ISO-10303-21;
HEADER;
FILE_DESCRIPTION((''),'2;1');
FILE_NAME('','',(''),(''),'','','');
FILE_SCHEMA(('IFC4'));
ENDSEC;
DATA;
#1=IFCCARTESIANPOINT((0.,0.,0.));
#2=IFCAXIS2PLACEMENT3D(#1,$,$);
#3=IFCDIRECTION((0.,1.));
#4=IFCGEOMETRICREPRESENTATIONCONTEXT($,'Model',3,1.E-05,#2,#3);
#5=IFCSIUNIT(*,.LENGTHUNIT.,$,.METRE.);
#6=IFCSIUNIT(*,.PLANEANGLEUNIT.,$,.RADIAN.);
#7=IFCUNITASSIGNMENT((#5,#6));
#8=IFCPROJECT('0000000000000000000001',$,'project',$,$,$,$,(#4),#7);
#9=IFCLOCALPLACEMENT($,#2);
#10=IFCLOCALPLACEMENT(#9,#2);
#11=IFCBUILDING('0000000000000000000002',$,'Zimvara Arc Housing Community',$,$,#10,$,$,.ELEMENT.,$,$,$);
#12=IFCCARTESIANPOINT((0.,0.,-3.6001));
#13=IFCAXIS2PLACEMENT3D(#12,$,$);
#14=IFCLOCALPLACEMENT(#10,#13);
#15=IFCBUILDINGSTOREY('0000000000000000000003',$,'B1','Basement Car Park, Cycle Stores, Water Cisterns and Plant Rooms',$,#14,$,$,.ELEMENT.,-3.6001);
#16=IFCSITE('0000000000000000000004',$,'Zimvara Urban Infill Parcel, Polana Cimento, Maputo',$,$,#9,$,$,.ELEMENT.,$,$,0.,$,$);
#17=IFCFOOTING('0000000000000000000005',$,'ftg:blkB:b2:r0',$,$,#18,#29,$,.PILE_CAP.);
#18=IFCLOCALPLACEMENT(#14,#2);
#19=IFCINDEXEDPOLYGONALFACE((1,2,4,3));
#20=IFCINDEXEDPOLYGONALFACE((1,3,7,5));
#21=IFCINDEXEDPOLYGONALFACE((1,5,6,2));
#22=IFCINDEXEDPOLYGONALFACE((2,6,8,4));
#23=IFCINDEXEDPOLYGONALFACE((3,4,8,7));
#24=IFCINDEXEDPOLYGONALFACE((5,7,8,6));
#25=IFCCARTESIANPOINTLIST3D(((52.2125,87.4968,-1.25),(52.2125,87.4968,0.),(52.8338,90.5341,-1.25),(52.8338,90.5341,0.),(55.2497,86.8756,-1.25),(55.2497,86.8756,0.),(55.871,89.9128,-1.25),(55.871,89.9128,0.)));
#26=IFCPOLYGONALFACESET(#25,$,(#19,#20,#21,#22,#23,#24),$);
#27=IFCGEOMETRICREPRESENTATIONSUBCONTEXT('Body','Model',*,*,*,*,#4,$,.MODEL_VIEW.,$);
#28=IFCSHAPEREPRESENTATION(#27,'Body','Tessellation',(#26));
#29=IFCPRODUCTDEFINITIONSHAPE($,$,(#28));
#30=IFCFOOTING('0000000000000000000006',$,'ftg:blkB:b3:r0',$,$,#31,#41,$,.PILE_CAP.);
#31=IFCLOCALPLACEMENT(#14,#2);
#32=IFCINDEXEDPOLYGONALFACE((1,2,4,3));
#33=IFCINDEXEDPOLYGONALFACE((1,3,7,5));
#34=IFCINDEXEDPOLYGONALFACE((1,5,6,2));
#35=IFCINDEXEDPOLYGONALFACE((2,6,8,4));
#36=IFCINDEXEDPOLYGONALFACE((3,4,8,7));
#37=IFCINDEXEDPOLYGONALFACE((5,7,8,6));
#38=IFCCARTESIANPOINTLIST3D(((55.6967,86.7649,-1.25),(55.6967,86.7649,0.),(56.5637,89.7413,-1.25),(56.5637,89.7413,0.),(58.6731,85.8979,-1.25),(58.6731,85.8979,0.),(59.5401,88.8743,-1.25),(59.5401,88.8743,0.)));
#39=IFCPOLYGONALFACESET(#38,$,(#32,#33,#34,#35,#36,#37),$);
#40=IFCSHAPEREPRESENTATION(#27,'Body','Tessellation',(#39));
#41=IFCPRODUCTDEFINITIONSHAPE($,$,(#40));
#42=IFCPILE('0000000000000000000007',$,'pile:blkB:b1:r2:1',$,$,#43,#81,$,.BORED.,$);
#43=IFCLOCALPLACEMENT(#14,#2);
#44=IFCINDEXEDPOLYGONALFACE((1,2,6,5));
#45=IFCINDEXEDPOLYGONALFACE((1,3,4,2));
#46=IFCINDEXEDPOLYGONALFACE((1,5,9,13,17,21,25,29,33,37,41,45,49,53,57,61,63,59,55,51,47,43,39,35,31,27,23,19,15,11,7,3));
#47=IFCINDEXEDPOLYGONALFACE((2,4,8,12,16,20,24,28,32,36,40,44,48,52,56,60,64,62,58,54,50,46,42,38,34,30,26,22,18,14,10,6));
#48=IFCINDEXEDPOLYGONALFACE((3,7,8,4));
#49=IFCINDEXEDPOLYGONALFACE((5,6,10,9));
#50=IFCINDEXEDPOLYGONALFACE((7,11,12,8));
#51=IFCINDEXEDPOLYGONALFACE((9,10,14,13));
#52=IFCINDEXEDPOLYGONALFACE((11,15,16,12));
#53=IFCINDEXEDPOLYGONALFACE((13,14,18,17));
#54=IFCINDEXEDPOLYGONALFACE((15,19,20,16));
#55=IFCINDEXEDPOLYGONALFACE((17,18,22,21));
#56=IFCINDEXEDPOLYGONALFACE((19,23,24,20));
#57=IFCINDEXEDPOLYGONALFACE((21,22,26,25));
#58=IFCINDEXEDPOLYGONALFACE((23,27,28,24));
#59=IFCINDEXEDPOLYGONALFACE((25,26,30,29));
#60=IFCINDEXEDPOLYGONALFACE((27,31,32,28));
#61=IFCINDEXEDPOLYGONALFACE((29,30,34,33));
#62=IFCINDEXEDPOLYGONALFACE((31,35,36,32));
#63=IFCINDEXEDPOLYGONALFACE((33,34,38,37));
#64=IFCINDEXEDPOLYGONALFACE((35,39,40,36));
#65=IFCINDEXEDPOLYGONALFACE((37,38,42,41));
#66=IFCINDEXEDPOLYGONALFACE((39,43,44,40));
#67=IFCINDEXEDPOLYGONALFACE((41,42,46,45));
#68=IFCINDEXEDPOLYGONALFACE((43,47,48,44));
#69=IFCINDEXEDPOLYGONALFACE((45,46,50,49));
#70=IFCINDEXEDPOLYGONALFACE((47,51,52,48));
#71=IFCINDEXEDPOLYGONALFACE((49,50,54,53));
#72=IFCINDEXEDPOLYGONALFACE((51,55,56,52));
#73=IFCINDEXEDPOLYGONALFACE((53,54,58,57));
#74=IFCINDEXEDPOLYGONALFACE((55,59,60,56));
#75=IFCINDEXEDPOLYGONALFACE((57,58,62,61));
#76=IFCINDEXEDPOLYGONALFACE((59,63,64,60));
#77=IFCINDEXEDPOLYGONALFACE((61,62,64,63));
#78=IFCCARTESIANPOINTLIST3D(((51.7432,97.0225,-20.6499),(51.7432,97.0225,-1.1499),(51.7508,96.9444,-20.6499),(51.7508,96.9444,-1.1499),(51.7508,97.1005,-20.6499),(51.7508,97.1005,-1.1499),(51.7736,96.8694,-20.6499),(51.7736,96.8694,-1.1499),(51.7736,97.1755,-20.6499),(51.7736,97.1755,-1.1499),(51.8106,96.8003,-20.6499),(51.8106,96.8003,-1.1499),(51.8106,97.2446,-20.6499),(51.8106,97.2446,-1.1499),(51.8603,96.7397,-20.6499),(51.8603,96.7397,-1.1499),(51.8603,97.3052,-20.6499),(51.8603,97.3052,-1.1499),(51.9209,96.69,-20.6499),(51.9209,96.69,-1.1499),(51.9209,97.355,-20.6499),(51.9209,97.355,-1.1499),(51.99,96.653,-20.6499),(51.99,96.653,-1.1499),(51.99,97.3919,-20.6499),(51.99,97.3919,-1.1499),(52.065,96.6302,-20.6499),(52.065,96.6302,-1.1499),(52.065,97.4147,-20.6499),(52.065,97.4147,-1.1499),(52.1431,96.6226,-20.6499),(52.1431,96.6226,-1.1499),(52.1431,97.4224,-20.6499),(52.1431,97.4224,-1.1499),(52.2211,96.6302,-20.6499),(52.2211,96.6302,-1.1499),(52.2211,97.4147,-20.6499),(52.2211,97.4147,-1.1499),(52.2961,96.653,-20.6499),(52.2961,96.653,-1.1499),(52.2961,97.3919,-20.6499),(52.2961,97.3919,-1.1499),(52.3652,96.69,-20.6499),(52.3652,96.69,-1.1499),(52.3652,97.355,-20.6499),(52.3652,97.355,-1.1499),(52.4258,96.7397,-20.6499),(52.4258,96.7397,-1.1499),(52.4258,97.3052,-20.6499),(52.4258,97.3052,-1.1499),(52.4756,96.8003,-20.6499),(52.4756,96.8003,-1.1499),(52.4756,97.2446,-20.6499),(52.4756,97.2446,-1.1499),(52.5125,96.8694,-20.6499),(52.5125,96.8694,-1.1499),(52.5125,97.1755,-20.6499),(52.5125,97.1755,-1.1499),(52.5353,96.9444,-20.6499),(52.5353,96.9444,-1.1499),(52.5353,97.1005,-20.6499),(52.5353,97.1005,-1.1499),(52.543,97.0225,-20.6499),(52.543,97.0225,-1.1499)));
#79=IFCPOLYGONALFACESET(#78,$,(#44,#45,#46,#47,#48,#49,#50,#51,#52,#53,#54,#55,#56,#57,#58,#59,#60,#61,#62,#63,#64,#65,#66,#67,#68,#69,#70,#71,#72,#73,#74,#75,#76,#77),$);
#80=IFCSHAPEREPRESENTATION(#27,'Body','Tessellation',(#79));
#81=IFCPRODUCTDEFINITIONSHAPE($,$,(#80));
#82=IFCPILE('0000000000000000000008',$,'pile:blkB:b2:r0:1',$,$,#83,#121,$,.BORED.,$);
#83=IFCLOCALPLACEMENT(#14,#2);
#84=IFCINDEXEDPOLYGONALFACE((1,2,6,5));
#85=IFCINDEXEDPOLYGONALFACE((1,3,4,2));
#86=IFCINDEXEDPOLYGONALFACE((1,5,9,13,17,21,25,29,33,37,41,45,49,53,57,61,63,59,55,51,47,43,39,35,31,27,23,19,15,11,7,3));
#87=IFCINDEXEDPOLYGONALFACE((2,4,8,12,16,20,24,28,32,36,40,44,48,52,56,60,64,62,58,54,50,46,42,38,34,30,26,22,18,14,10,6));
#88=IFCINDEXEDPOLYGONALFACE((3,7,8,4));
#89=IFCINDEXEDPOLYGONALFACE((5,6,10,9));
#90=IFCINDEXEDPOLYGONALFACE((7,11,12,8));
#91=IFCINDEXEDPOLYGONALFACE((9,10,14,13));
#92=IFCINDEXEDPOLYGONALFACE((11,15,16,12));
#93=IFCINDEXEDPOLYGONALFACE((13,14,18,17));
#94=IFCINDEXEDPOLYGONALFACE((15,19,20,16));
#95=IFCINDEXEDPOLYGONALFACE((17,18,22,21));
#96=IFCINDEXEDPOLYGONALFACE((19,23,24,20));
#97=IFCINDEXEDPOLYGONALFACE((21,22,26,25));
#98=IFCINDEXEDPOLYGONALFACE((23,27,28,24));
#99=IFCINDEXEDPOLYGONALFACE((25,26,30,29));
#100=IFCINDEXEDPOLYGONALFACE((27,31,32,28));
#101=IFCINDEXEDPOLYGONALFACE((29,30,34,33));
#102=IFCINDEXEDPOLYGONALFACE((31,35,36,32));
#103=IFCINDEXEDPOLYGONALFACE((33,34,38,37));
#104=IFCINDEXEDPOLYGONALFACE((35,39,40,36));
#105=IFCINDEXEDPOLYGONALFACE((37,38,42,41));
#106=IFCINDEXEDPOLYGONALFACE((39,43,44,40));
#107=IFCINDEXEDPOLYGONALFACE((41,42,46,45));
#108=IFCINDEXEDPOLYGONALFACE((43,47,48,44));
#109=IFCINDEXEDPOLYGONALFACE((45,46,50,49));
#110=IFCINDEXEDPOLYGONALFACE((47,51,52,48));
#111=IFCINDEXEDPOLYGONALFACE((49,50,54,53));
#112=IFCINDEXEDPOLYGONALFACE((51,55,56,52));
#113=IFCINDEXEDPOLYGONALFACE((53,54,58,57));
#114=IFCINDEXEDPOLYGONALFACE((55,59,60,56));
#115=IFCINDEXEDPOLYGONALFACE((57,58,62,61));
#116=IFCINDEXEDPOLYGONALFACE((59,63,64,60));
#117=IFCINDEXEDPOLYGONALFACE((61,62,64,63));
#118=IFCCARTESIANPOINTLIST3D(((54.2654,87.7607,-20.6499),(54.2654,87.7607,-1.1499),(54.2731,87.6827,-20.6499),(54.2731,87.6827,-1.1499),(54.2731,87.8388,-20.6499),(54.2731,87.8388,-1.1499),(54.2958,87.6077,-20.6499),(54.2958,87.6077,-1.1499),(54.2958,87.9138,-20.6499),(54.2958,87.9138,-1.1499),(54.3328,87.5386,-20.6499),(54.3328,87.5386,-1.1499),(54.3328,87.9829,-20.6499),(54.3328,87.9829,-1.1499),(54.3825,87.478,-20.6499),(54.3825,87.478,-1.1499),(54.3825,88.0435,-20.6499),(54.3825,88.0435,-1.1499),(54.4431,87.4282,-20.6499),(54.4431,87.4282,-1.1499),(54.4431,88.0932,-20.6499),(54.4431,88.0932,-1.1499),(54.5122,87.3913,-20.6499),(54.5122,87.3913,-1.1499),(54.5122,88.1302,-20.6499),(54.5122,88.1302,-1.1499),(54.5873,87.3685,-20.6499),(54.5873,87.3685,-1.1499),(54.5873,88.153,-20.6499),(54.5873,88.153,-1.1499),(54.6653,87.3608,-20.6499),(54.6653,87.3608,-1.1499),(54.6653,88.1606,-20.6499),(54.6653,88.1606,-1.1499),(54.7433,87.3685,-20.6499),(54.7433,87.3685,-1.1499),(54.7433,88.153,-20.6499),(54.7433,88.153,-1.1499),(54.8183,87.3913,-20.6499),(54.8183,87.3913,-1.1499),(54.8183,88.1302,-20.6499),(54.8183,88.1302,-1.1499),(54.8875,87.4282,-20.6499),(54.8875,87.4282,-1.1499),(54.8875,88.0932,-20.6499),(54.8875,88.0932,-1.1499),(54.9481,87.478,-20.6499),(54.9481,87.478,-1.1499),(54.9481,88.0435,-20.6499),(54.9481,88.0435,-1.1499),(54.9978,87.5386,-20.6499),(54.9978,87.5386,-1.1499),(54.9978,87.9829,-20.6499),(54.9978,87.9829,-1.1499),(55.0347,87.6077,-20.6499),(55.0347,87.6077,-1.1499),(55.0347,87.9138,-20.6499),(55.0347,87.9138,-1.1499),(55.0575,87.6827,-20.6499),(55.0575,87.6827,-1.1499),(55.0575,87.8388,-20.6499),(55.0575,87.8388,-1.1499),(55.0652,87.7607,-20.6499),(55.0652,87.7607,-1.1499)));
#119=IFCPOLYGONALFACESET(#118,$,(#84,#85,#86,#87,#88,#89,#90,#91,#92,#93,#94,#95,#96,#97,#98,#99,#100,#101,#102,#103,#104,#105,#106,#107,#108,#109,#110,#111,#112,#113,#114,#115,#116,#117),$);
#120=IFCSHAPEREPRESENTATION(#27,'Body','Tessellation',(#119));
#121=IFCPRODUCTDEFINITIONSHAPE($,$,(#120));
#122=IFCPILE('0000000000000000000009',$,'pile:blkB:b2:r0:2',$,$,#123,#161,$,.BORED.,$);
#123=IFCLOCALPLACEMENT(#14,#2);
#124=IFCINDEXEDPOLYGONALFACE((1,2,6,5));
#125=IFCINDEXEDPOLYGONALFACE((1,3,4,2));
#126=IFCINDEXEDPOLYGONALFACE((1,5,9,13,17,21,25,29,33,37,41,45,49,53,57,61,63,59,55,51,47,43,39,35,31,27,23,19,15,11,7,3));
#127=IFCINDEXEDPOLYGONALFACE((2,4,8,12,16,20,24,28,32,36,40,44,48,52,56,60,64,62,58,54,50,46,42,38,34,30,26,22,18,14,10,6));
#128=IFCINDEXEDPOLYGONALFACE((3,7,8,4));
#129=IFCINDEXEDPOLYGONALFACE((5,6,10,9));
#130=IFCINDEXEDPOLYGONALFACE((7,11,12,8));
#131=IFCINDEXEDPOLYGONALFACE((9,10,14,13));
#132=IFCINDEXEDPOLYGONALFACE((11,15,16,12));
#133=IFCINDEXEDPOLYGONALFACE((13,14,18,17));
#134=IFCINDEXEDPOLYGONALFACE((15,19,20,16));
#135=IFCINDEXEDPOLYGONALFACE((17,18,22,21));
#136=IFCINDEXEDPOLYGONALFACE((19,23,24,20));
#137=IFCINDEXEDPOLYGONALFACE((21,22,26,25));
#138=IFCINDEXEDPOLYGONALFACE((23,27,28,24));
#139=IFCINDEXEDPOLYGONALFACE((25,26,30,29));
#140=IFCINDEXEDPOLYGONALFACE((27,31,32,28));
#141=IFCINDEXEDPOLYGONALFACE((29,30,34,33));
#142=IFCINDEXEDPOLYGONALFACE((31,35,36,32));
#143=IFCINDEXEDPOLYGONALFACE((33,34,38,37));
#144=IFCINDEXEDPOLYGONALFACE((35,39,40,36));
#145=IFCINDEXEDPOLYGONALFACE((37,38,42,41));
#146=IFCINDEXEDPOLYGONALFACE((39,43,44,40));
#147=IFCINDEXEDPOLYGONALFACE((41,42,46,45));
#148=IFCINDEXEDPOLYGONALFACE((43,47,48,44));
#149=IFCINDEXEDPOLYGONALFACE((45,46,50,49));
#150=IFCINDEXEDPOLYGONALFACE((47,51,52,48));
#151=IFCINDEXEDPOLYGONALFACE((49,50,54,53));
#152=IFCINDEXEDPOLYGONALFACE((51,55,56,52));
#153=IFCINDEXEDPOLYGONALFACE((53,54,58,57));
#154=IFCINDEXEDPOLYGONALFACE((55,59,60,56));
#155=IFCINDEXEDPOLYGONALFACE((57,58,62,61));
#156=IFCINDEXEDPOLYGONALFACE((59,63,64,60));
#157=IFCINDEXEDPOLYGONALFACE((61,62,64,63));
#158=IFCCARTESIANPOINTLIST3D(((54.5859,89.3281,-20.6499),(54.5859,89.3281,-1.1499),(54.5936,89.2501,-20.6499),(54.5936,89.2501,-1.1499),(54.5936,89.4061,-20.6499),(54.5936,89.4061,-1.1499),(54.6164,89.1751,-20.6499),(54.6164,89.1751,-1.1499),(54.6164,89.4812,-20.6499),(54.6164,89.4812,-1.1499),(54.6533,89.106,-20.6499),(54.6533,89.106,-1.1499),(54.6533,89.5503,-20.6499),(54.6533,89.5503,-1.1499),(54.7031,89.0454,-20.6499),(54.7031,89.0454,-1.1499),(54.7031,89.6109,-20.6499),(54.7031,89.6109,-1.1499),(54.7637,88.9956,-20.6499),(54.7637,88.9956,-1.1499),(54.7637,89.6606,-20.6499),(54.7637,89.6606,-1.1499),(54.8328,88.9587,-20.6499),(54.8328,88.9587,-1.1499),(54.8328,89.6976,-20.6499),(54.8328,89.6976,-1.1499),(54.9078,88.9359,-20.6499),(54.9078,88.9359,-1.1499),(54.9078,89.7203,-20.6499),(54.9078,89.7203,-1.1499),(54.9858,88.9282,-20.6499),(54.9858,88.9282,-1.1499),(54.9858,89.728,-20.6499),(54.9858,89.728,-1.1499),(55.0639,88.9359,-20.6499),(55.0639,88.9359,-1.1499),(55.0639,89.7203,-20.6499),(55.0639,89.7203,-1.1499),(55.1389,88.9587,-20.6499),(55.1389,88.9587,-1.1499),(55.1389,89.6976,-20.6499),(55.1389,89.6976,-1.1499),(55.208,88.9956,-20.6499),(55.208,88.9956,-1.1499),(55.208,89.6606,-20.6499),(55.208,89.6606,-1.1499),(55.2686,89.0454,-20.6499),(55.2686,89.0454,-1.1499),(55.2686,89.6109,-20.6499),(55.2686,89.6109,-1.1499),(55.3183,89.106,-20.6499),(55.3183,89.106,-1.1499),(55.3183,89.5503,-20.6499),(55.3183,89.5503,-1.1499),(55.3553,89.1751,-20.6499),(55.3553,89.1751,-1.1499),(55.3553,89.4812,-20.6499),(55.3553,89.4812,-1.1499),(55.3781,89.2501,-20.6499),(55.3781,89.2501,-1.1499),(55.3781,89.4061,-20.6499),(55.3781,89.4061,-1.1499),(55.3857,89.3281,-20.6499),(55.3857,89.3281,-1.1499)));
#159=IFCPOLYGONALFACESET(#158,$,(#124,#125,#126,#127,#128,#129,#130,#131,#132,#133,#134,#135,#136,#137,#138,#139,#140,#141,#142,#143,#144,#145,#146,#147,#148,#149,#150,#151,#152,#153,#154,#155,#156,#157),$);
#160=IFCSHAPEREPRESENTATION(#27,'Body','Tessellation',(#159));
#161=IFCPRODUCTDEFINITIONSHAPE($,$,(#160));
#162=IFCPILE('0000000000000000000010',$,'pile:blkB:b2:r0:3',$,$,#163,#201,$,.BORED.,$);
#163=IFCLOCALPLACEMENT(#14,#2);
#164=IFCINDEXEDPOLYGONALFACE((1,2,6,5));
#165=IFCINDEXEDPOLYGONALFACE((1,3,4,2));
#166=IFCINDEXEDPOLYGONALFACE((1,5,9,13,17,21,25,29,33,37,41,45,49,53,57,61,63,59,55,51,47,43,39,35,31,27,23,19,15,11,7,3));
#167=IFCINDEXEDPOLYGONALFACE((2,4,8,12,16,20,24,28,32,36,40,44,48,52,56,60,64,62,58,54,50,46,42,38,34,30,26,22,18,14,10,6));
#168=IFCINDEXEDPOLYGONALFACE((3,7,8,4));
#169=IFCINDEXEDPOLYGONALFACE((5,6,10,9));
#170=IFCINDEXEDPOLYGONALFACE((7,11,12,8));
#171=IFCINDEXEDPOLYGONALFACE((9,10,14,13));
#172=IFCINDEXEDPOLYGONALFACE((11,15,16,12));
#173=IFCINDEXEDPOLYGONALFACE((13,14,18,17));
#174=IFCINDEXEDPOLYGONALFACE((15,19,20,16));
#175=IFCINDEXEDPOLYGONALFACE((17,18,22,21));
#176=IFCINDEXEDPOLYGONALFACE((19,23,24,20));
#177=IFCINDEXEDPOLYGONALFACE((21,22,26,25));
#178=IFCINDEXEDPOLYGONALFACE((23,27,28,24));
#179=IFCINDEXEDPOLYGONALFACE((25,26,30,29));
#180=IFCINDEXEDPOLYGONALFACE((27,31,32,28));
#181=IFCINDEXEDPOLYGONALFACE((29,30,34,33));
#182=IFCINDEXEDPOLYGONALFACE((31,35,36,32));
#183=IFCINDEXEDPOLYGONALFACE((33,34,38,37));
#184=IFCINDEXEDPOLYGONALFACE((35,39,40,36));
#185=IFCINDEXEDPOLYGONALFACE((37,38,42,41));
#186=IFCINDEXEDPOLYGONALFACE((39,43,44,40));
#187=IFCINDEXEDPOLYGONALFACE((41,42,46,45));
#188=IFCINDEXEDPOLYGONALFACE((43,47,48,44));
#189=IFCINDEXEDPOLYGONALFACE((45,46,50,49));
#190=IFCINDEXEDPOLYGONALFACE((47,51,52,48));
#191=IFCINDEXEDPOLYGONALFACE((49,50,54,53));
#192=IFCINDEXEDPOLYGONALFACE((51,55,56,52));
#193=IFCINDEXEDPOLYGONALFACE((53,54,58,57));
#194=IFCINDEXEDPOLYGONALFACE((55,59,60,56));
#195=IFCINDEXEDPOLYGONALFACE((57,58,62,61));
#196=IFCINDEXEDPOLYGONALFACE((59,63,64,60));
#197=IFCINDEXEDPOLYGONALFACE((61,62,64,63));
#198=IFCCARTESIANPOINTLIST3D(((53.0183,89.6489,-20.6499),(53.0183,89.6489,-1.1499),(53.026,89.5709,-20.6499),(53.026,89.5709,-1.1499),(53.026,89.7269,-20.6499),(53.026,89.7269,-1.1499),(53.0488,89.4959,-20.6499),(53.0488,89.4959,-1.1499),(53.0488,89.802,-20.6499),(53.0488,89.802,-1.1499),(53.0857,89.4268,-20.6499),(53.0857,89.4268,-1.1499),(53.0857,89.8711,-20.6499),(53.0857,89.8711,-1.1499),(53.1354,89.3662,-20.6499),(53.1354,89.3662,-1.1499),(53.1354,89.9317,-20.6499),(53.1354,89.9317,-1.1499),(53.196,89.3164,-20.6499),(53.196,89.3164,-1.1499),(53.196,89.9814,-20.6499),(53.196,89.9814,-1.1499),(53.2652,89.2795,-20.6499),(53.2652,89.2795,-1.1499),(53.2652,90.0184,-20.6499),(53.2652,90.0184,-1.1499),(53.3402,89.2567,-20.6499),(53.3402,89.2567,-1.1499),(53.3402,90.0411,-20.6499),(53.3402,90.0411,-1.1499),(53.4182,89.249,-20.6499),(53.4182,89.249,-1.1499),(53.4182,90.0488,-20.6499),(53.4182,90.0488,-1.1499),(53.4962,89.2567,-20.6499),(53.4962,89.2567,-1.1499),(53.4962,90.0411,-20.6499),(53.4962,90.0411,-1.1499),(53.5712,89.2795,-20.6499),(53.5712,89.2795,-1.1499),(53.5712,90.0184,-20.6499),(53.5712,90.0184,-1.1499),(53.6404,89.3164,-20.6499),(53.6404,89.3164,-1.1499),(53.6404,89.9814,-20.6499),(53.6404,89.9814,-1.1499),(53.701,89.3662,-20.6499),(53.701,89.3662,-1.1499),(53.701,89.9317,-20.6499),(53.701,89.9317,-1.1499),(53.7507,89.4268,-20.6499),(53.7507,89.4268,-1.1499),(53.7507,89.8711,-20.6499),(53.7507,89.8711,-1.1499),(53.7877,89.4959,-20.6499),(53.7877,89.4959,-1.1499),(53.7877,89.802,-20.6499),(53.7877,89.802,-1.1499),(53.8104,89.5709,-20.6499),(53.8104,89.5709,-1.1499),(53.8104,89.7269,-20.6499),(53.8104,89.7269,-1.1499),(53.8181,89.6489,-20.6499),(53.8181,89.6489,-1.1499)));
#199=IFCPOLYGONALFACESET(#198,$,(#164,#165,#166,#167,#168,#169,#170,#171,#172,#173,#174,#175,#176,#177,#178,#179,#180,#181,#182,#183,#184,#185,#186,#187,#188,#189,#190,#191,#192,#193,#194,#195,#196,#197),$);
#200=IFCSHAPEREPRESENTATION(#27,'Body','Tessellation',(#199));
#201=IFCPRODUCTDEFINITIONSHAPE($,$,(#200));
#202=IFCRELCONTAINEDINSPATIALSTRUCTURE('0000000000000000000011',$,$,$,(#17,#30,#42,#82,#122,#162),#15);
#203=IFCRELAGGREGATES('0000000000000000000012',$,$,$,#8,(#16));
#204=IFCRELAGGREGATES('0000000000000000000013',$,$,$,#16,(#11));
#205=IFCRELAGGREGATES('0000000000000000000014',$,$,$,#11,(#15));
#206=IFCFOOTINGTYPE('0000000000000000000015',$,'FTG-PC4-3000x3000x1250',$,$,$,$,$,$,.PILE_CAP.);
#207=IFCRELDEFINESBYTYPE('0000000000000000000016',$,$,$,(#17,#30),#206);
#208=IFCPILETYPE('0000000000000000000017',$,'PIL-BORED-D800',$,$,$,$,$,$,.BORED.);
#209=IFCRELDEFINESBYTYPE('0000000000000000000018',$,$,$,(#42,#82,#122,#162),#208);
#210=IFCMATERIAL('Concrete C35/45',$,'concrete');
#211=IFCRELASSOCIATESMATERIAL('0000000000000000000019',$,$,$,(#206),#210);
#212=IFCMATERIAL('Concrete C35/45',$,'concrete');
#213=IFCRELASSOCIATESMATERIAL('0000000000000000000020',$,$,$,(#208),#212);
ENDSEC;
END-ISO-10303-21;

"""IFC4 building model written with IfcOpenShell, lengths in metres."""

from ifc_helpers import new_model, si_unit, direction, frame, origin, origin_2d, place, context, subcontext, project, spatial, rectangle, circle, extrude, material, material_profile, profile_set, type_object, element, save


model = new_model("IFC4")

# Units and contexts
model_context = context("Model", 3, precision=1e-05, world=origin(), true_north=direction((0.0, 1.0)))
body_context = subcontext(model_context, "Body", "Model", "MODEL_VIEW")
ifc_project = project(units=[si_unit("LENGTHUNIT", "METRE"), si_unit("PLANEANGLEUNIT", "RADIAN")], contexts=[model_context])

# Site, building, storey
site_placement = place(None, origin())
site = spatial("IfcSite", under=ifc_project, at=site_placement, Name="Zimvara Urban Infill Parcel, Polana Cimento, Maputo", CompositionType="ELEMENT", RefElevation=0.0)
building_placement = place(site_placement, origin())
building = spatial("IfcBuilding", under=site, at=building_placement, Name="Zimvara Arc Housing Community", CompositionType="ELEMENT")
storey_placement = place(building_placement, frame((0.0, 0.0, -3.6001)))
storey = spatial("IfcBuildingStorey", under=building, at=storey_placement, Name="B1", Description="Basement Car Park, Cycle Stores, Water Cisterns and Plant Rooms", CompositionType="ELEMENT", Elevation=-3.6001)

# Footings
ifc_material_1 = material(Name="Concrete C35/45", Category="concrete")
footing_type = type_object("IfcFootingType", Name="FTG-PC4-3000x3000x1250", PredefinedType="PILE_CAP", material=ifc_material_1)
for number, where, z_axis, x_axis, name in (
    (1, (54.0417, 88.7048, -1.25), (0.0, 0.0, 1.0), (0.200394, 0.979715, 0.0), "ftg:blkB:b2:r0"),
    (2, (57.6184, 87.8196, -1.25), (0.0, 0.0, 1.0), (0.279661, 0.960099, 0.0), "ftg:blkB:b3:r0"),
):
    element("IfcFooting", number, at=place(storey_placement, frame(where, z_axis=z_axis, x_axis=x_axis)), inside=storey, type_object=footing_type, Name=name, PredefinedType="PILE_CAP", context=body_context, shape_type="SweptSolid", body=[
        extrude(rectangle(XDim=3.1001, YDim=3.1001, at=origin_2d()), origin(), (0.0, 0.0, 1.0), 1.25),
    ])

# Piles
ifc_material_2 = material(Name="Concrete C35/45", Category="concrete")
ifc_material_profile_1 = material_profile(ifc_material_2, circle(Radius=0.3999, at=origin_2d()), Name="PILE D800")
ifc_profile_set_1 = profile_set([ifc_material_profile_1], Name="Concrete C35/45")
pile_type = type_object("IfcPileType", Name="PIL-BORED-D800", PredefinedType="BORED", material=ifc_profile_set_1)
for number, where, z_axis, x_axis, name in (
    (3, (52.1431, 97.0225, -1.1499), (0.0, 0.0, -1.0), (1.0, 0.0, 0.0), "pile:blkB:b1:r2:1"),
    (4, (54.6653, 87.7607, -1.1499), (0.0, 0.0, -1.0), (1.0, 0.0, 0.0), "pile:blkB:b2:r0:1"),
    (5, (54.9858, 89.3281, -1.1499), (0.0, 0.0, -1.0), (1.0, 0.0, 0.0), "pile:blkB:b2:r0:2"),
    (6, (53.4182, 89.6489, -1.1499), (0.0, 0.0, -1.0), (1.0, 0.0, 0.0), "pile:blkB:b2:r0:3"),
):
    element("IfcPile", number, at=place(storey_placement, frame(where, z_axis=z_axis, x_axis=x_axis)), inside=storey, type_object=pile_type, Name=name, PredefinedType="BORED", context=body_context, shape_type="SweptSolid", body=[
        extrude(circle(Radius=0.3999, at=origin_2d()), origin(), (0.0, 0.0, 1.0), 19.5),
    ])

save(model, "model.ifc")
